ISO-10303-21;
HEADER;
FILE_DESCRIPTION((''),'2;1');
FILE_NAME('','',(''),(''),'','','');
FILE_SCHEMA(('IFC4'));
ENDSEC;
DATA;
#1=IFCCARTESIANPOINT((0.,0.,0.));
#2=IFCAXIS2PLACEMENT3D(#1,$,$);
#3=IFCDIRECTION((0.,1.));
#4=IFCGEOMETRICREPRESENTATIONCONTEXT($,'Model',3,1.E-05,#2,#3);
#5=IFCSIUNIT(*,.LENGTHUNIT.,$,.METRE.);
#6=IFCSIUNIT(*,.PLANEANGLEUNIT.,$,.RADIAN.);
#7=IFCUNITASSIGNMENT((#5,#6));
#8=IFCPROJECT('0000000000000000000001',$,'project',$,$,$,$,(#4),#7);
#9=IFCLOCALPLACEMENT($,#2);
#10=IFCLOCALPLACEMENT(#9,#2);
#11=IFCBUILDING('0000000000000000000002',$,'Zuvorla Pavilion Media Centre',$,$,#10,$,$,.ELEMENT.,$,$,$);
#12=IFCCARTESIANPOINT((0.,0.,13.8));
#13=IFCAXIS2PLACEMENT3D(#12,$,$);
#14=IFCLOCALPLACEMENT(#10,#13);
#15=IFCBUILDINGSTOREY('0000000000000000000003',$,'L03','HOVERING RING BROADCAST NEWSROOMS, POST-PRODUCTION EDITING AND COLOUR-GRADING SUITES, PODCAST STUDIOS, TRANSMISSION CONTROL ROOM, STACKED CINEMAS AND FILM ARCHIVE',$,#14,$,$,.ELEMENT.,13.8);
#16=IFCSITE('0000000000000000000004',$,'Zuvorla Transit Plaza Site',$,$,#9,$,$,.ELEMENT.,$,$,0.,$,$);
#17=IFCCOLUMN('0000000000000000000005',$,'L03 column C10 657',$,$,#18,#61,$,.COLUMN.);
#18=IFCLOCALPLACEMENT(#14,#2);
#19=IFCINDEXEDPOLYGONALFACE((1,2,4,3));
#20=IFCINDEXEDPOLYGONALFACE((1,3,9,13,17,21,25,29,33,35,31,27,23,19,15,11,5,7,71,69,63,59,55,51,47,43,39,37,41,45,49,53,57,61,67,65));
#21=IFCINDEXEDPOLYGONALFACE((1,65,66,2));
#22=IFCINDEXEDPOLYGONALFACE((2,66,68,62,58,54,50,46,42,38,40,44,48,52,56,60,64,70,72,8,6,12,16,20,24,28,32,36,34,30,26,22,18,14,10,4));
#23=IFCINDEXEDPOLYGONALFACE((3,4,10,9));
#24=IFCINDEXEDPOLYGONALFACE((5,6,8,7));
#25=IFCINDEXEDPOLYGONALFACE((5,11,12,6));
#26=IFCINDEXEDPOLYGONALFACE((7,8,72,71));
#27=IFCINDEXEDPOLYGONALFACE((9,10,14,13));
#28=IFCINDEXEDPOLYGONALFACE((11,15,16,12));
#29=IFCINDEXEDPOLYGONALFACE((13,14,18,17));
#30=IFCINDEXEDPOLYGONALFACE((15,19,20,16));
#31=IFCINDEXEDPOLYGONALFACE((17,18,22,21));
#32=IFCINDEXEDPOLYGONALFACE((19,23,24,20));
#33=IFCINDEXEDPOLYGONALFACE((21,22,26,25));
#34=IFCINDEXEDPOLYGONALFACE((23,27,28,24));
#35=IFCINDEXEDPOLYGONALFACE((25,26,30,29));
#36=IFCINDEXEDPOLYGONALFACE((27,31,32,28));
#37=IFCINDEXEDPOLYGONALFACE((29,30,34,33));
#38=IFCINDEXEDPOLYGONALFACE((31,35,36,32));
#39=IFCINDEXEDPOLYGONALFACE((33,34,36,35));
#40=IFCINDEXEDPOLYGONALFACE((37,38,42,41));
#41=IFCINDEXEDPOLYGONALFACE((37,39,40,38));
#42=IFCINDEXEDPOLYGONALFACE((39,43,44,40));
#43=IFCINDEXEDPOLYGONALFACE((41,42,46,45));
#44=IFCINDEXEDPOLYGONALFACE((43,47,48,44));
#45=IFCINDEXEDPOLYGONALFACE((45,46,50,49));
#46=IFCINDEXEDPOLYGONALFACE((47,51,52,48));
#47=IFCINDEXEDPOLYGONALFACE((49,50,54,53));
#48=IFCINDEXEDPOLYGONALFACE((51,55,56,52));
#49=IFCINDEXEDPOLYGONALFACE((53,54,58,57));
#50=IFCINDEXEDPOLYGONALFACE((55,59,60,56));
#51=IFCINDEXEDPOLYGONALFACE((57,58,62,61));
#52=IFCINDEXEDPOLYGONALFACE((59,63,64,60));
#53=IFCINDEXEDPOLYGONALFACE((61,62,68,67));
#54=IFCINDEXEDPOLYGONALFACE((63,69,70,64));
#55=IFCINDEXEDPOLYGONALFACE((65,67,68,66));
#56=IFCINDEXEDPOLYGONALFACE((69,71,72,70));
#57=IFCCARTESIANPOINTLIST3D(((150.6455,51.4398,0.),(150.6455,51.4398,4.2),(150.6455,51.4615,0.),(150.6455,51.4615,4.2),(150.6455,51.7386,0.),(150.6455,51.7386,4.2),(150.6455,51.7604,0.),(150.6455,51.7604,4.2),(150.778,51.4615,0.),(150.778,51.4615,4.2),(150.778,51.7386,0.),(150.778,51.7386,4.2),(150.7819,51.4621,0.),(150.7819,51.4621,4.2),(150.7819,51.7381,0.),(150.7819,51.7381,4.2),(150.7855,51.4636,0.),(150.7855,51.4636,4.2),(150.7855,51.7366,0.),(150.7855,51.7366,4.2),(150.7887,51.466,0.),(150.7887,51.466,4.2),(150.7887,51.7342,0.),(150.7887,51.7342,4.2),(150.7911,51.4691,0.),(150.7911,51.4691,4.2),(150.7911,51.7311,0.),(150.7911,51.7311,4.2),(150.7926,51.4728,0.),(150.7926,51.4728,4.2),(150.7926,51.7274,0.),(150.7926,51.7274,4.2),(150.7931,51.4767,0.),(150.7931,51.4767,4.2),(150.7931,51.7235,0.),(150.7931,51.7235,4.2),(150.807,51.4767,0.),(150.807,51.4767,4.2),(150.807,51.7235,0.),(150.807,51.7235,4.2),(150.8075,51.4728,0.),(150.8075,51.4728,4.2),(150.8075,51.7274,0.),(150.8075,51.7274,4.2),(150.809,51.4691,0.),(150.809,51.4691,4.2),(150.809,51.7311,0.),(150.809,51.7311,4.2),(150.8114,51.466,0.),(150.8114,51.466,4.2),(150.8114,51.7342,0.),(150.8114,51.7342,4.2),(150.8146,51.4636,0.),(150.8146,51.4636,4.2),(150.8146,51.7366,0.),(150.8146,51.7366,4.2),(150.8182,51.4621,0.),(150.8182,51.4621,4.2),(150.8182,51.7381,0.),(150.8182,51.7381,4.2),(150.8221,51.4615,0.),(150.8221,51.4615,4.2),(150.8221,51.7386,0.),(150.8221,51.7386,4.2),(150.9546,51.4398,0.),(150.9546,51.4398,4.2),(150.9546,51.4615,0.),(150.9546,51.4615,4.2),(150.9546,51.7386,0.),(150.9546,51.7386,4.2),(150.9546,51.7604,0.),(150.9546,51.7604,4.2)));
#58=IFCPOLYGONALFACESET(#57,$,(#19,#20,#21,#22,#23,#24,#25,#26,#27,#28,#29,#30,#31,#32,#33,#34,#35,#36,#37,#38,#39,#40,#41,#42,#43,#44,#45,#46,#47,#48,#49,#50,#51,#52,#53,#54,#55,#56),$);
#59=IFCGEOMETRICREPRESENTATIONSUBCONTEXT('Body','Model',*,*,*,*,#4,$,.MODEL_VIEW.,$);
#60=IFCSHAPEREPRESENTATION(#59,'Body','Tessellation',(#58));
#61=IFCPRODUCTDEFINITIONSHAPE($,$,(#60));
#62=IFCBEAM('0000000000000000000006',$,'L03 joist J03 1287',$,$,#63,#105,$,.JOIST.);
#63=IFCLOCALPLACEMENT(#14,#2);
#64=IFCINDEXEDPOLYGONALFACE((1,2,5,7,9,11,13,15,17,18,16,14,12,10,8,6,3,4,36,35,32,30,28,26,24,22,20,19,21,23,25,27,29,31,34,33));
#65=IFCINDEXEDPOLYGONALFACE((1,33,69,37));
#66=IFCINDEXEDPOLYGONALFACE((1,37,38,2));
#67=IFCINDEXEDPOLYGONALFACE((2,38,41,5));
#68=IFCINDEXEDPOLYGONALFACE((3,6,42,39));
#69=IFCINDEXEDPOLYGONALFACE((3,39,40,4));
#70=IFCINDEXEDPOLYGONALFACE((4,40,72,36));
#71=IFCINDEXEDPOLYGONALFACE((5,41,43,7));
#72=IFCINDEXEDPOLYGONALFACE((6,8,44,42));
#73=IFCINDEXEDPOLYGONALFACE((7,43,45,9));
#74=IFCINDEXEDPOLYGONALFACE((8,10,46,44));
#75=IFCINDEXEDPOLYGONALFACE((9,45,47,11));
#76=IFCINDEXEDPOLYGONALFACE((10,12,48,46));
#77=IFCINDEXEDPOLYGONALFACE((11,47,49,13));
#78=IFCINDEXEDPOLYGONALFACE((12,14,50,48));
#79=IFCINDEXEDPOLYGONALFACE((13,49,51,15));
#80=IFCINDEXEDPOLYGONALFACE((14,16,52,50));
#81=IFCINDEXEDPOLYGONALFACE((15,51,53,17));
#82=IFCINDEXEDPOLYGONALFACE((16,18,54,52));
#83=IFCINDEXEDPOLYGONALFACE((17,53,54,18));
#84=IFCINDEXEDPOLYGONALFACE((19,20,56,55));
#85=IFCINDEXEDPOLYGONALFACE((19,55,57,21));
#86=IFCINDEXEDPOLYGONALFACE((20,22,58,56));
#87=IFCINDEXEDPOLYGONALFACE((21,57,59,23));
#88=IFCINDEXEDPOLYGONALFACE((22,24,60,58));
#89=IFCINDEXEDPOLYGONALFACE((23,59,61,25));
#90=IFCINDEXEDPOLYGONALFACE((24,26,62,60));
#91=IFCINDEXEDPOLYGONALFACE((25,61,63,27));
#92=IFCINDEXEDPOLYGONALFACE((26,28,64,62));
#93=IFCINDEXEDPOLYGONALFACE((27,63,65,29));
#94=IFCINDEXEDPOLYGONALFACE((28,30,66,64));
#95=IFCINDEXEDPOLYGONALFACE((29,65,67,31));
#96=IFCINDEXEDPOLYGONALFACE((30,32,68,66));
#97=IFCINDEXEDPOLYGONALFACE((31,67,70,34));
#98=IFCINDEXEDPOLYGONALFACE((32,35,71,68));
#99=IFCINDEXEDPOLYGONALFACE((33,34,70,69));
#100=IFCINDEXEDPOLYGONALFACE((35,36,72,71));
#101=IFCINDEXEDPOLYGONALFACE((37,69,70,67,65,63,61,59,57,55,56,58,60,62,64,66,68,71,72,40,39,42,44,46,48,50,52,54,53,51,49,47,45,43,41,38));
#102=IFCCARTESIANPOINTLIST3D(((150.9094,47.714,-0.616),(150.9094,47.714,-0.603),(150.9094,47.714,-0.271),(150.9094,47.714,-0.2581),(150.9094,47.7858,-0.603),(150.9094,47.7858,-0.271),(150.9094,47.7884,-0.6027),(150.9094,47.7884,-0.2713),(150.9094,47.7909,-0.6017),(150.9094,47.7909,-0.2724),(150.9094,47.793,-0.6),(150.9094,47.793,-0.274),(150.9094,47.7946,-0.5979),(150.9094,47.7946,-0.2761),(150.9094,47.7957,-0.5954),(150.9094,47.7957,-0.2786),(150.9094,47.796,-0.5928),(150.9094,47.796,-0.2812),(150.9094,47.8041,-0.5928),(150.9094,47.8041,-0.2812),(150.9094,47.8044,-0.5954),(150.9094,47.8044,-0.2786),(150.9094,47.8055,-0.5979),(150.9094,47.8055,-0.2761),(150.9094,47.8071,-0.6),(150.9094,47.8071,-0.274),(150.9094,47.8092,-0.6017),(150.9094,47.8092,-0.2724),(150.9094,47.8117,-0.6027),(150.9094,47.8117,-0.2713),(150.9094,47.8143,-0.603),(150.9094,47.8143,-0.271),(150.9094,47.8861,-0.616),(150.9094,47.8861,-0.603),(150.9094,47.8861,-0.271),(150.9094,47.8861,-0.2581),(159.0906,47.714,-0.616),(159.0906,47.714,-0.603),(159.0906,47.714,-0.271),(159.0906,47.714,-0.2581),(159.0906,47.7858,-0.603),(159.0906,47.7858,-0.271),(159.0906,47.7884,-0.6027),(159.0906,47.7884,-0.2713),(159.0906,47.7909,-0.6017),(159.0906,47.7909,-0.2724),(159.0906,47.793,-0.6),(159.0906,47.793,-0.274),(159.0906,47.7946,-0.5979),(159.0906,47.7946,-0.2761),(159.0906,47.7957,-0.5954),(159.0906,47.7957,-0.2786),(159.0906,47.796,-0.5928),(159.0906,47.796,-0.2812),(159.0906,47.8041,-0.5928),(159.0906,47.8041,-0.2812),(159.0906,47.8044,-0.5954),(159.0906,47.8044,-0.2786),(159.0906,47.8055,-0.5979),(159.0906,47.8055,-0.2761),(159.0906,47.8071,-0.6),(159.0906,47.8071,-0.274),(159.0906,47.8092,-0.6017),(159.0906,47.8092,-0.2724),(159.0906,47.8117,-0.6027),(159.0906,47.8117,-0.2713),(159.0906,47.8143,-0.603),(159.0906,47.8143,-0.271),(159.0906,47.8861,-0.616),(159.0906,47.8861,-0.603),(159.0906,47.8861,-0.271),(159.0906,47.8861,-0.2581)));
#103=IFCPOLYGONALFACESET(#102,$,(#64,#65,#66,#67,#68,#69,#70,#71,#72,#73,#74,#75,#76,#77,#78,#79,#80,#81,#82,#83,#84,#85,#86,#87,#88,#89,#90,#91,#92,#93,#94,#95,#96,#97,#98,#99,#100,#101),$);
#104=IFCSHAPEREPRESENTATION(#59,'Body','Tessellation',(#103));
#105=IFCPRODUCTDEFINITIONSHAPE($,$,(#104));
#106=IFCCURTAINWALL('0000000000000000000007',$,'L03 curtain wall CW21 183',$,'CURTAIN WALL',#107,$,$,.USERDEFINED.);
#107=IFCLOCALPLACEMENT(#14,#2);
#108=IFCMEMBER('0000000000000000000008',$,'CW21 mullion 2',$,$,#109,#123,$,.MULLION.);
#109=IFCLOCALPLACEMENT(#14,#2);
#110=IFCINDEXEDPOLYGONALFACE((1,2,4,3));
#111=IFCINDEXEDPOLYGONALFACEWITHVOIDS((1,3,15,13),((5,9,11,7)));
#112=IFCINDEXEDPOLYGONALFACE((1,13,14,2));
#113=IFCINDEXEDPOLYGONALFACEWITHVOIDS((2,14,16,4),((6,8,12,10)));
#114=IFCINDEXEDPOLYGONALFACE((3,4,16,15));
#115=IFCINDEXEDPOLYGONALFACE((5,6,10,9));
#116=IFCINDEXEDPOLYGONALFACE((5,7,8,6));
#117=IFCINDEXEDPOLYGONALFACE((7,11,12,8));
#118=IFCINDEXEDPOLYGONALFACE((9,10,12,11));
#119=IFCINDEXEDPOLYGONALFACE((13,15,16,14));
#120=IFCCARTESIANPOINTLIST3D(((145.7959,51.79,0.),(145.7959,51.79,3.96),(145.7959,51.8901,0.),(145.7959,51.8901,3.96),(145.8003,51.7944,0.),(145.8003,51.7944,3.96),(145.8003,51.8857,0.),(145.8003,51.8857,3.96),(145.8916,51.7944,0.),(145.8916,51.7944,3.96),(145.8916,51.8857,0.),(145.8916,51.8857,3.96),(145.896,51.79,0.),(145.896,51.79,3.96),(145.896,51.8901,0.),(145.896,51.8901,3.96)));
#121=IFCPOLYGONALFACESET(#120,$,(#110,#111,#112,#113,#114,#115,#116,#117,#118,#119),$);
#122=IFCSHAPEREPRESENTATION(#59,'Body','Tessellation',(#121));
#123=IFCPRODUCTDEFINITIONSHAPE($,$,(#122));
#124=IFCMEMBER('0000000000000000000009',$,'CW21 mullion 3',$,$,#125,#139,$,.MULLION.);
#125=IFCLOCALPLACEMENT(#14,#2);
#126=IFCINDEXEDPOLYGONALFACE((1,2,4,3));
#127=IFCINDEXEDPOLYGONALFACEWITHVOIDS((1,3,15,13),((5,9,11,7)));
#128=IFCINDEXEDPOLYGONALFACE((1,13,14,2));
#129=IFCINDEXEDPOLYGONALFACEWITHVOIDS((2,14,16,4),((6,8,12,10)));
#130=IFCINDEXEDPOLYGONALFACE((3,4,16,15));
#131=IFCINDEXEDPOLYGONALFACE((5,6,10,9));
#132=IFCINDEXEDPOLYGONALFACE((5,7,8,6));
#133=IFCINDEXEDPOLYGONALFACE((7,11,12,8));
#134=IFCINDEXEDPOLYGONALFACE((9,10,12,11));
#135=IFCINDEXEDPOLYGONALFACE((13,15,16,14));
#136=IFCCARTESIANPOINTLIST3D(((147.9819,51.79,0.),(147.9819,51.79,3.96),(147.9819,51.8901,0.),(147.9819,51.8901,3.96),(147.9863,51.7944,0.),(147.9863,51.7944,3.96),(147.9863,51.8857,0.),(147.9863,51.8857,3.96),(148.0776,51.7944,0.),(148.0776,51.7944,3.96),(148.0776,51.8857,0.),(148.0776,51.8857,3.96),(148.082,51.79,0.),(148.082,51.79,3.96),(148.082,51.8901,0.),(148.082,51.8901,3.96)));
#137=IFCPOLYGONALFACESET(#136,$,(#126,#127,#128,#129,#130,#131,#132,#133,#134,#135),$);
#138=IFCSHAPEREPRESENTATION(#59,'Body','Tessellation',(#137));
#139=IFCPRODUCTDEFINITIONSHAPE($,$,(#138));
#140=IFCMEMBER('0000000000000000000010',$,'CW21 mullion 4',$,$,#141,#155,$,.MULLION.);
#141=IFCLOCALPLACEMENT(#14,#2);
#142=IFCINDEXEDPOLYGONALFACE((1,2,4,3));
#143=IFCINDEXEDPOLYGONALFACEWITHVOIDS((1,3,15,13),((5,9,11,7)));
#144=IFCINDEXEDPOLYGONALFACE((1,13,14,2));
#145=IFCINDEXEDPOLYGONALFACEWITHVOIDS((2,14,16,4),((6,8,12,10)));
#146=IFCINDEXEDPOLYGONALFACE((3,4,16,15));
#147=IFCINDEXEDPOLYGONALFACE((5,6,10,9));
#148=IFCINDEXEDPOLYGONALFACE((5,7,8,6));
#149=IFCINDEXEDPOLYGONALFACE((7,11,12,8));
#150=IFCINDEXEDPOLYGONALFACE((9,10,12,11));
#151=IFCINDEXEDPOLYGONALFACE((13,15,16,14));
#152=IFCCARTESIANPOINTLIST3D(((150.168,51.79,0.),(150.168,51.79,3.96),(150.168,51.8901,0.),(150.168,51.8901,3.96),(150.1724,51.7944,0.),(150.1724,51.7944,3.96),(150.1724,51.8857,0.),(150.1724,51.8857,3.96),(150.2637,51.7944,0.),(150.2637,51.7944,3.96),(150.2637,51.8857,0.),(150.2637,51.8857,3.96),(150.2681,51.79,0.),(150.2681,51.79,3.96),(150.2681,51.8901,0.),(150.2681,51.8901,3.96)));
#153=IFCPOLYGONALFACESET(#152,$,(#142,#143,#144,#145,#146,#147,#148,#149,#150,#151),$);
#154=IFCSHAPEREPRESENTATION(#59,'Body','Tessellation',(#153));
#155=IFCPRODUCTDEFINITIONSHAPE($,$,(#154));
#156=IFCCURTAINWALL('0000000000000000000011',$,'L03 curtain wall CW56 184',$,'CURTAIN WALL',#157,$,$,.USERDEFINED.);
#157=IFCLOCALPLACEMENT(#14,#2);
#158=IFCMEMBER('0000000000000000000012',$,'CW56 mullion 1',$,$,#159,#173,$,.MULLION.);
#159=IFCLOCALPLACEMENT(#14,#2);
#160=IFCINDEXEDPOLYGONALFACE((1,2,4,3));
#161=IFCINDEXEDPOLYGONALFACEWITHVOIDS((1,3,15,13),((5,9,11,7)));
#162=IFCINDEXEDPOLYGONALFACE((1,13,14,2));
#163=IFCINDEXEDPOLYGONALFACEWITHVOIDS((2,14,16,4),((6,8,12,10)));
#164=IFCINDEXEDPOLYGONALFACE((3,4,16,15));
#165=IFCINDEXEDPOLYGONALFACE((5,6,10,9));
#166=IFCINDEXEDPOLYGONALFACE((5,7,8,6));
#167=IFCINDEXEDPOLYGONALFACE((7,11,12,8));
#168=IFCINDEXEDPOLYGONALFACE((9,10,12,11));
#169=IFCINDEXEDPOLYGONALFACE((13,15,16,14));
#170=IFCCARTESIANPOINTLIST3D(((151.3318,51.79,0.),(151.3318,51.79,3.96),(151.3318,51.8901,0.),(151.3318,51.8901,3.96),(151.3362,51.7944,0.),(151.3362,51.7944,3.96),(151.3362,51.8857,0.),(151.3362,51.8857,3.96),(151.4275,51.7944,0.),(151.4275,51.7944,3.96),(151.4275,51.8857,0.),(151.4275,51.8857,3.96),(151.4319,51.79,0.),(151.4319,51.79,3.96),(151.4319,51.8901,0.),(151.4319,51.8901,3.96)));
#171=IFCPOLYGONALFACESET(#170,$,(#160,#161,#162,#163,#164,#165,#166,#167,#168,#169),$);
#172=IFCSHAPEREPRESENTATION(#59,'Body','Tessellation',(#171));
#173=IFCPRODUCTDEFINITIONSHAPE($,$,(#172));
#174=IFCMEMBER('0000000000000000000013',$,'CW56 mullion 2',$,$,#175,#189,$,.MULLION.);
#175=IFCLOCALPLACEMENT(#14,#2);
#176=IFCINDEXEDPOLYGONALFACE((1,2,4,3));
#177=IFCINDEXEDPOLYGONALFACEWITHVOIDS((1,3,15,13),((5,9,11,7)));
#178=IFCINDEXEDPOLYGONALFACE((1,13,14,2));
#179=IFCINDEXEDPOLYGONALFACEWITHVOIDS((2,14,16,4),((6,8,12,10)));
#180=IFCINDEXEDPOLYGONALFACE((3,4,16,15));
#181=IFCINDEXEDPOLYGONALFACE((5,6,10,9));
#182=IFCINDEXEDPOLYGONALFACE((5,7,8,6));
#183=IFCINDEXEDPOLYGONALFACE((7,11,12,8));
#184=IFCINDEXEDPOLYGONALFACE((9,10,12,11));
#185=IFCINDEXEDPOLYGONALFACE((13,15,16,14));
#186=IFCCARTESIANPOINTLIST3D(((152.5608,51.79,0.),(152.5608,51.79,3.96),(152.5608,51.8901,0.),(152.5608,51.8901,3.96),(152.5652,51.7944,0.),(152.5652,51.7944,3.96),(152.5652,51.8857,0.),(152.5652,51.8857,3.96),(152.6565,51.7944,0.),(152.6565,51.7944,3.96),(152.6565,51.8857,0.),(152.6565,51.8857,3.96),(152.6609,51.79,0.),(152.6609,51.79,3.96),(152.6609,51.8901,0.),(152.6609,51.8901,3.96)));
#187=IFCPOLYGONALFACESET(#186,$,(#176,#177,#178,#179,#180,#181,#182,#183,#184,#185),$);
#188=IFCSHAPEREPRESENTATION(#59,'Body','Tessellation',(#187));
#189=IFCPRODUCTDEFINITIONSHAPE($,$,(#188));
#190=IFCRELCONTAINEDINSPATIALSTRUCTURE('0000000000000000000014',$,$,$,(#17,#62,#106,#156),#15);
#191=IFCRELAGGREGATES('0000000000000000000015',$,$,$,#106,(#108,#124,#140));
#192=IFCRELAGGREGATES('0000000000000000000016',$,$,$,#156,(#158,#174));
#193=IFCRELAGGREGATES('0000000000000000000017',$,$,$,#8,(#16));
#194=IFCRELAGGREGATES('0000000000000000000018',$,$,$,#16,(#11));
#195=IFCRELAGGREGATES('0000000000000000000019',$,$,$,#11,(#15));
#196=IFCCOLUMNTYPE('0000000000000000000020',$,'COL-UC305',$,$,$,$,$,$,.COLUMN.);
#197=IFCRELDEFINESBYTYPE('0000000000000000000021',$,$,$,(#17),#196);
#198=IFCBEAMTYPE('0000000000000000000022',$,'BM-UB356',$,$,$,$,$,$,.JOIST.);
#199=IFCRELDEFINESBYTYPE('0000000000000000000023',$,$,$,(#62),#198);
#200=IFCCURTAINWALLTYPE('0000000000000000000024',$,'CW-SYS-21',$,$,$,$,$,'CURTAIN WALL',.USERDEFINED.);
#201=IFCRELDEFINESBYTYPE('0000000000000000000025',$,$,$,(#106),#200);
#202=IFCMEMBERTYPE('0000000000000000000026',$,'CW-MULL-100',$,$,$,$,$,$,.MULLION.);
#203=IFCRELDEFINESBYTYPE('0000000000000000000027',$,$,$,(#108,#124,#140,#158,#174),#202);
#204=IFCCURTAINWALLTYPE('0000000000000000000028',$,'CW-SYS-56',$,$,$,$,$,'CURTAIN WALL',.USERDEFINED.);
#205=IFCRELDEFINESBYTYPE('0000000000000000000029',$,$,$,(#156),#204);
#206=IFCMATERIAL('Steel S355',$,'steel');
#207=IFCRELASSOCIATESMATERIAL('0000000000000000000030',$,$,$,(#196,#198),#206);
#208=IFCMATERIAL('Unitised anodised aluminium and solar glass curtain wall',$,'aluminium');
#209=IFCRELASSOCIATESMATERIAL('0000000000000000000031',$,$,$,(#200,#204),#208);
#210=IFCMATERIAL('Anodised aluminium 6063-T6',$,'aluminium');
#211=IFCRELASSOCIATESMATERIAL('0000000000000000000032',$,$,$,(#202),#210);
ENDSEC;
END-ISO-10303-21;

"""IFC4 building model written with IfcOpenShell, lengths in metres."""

from ifc_helpers import new_model, si_unit, direction, frame, origin, origin_2d, place, context, subcontext, project, spatial, hollow_rectangle, i_section, extrude, material, material_profile, profile_set, type_object, element, aggregate, save


model = new_model("IFC4")

# Units and contexts
model_context = context("Model", 3, precision=1e-05, world=origin(), true_north=direction((0.0, 1.0)))
body_context = subcontext(model_context, "Body", "Model", "MODEL_VIEW")
ifc_project = project(units=[si_unit("LENGTHUNIT", "METRE"), si_unit("PLANEANGLEUNIT", "RADIAN")], contexts=[model_context])

# Site, building, storey
site_placement = place(None, origin())
site = spatial("IfcSite", under=ifc_project, at=site_placement, Name="Zuvorla Transit Plaza Site", CompositionType="ELEMENT", RefElevation=0.0)
building_placement = place(site_placement, origin())
building = spatial("IfcBuilding", under=site, at=building_placement, Name="Zuvorla Pavilion Media Centre", CompositionType="ELEMENT")
storey_placement = place(building_placement, frame((0.0, 0.0, 13.8)))
storey = spatial("IfcBuildingStorey", under=building, at=storey_placement, Name="L03", Description="HOVERING RING BROADCAST NEWSROOMS, POST-PRODUCTION EDITING AND COLOUR-GRADING SUITES, PODCAST STUDIOS, TRANSMISSION CONTROL ROOM, STACKED CINEMAS AND FILM ARCHIVE", CompositionType="ELEMENT", Elevation=13.8)

# Column
ifc_material_1 = material(Name="Steel S355", Category="steel")
ifc_material_profile_1 = material_profile(ifc_material_1, i_section(OverallWidth=0.3091, OverallDepth=0.3206, WebThickness=0.0139, FlangeThickness=0.0217, FilletRadius=0.0151, at=origin_2d()), Name="UC 305x305x137")
ifc_profile_set_1 = profile_set([ifc_material_profile_1], Name="Steel S355")
column_type = type_object("IfcColumnType", Name="COL-UC305", PredefinedType="COLUMN", material=ifc_profile_set_1)
column_placement = place(storey_placement, frame((150.8, 51.6001, 0.0), z_axis=(0.0, 0.0, 1.0), x_axis=(1.0, 0.0, 0.0)))
element("IfcColumn", 1, at=column_placement, inside=storey, type_object=column_type, Name="L03 column C10 657", PredefinedType="COLUMN", context=body_context, shape_type="SweptSolid", body=[
    extrude(i_section(OverallWidth=0.3091, OverallDepth=0.3206, WebThickness=0.0139, FlangeThickness=0.0217, FilletRadius=0.0151, at=origin_2d()), origin(), (0.0, 0.0, 1.0), 4.2),
])

# Beam
ifc_material_profile_2 = material_profile(ifc_material_1, i_section(OverallWidth=0.1721, OverallDepth=0.3579, WebThickness=0.0081, FlangeThickness=0.0129, FilletRadius=0.0103, at=origin_2d()), Name="UB 356x171x57")
ifc_profile_set_2 = profile_set([ifc_material_profile_2], Name="Steel S355")
beam_type = type_object("IfcBeamType", Name="BM-UB356", PredefinedType="JOIST", material=ifc_profile_set_2)
beam_placement = place(storey_placement, frame((150.9094, 47.8, -0.437), z_axis=(1.0, 0.0, 0.0), x_axis=(0.0, 1.0, 0.0)))
element("IfcBeam", 2, at=beam_placement, inside=storey, type_object=beam_type, Name="L03 joist J03 1287", PredefinedType="JOIST", context=body_context, shape_type="SweptSolid", body=[
    extrude(i_section(OverallWidth=0.1721, OverallDepth=0.3579, WebThickness=0.0081, FlangeThickness=0.0129, FilletRadius=0.0103, at=origin_2d()), origin(), (0.0, 0.0, 1.0), 8.1812),
])

# Curtain walls, members
ifc_material_2 = material(Name="Unitised anodised aluminium and solar glass curtain wall", Category="aluminium")
curtain_wall_type_1 = type_object("IfcCurtainWallType", Name="CW-SYS-21", ElementType="CURTAIN WALL", PredefinedType="USERDEFINED", material=ifc_material_2)
curtain_wall_1_placement = place(storey_placement, origin())
curtain_wall_1 = element("IfcCurtainWall", 3, at=curtain_wall_1_placement, inside=storey, type_object=curtain_wall_type_1, Name="L03 curtain wall CW21 183", ObjectType="CURTAIN WALL", PredefinedType="USERDEFINED")
ifc_material_3 = material(Name="Anodised aluminium 6063-T6", Category="aluminium")
ifc_material_profile_3 = material_profile(ifc_material_3, hollow_rectangle(XDim=0.1001, YDim=0.1001, WallThickness=0.0044, at=origin_2d()), Name="ALU MULL 100x100")
ifc_profile_set_3 = profile_set([ifc_material_profile_3], Name="Anodised aluminium 6063-T6")
member_type_1 = type_object("IfcMemberType", Name="CW-MULL-100", PredefinedType="MULLION", material=ifc_profile_set_3)
member_1_placement = place(storey_placement, frame((145.8459, 51.8401, 0.0), z_axis=(0.0, 0.0, 1.0), x_axis=(1.0, 0.0, 0.0)))
member_1 = element("IfcMember", 4, at=member_1_placement, type_object=member_type_1, Name="CW21 mullion 2", PredefinedType="MULLION", context=body_context, shape_type="SweptSolid", body=[
    extrude(hollow_rectangle(XDim=0.1001, YDim=0.1001, WallThickness=0.0044, at=origin_2d()), origin(), (0.0, 0.0, 1.0), 3.96),
])
member_2_placement = place(storey_placement, frame((148.032, 51.8401, 0.0), z_axis=(0.0, 0.0, 1.0), x_axis=(1.0, 0.0, 0.0)))
member_2 = element("IfcMember", 5, at=member_2_placement, type_object=member_type_1, Name="CW21 mullion 3", PredefinedType="MULLION", context=body_context, shape_type="SweptSolid", body=[
    extrude(hollow_rectangle(XDim=0.1001, YDim=0.1001, WallThickness=0.0044, at=origin_2d()), origin(), (0.0, 0.0, 1.0), 3.96),
])
member_3_placement = place(storey_placement, frame((150.218, 51.8401, 0.0), z_axis=(0.0, 0.0, 1.0), x_axis=(1.0, 0.0, 0.0)))
member_3 = element("IfcMember", 6, at=member_3_placement, type_object=member_type_1, Name="CW21 mullion 4", PredefinedType="MULLION", context=body_context, shape_type="SweptSolid", body=[
    extrude(hollow_rectangle(XDim=0.1001, YDim=0.1001, WallThickness=0.0044, at=origin_2d()), origin(), (0.0, 0.0, 1.0), 3.96),
])
curtain_wall_type_2 = type_object("IfcCurtainWallType", Name="CW-SYS-56", ElementType="CURTAIN WALL", PredefinedType="USERDEFINED", material=ifc_material_2)
curtain_wall_2_placement = place(storey_placement, origin())
curtain_wall_2 = element("IfcCurtainWall", 7, at=curtain_wall_2_placement, inside=storey, type_object=curtain_wall_type_2, Name="L03 curtain wall CW56 184", ObjectType="CURTAIN WALL", PredefinedType="USERDEFINED")
member_4_placement = place(storey_placement, frame((151.3818, 51.8401, 0.0), z_axis=(0.0, 0.0, 1.0), x_axis=(1.0, 0.0, 0.0)))
member_4 = element("IfcMember", 8, at=member_4_placement, type_object=member_type_1, Name="CW56 mullion 1", PredefinedType="MULLION", context=body_context, shape_type="SweptSolid", body=[
    extrude(hollow_rectangle(XDim=0.1001, YDim=0.1001, WallThickness=0.0044, at=origin_2d()), origin(), (0.0, 0.0, 1.0), 3.96),
])
member_5_placement = place(storey_placement, frame((152.6108, 51.8401, 0.0), z_axis=(0.0, 0.0, 1.0), x_axis=(1.0, 0.0, 0.0)))
member_5 = element("IfcMember", 9, at=member_5_placement, type_object=member_type_1, Name="CW56 mullion 2", PredefinedType="MULLION", context=body_context, shape_type="SweptSolid", body=[
    extrude(hollow_rectangle(XDim=0.1001, YDim=0.1001, WallThickness=0.0044, at=origin_2d()), origin(), (0.0, 0.0, 1.0), 3.96),
])

aggregate(curtain_wall_1, [member_1, member_2, member_3])
aggregate(curtain_wall_2, [member_4, member_5])

save(model, "model.ifc")
